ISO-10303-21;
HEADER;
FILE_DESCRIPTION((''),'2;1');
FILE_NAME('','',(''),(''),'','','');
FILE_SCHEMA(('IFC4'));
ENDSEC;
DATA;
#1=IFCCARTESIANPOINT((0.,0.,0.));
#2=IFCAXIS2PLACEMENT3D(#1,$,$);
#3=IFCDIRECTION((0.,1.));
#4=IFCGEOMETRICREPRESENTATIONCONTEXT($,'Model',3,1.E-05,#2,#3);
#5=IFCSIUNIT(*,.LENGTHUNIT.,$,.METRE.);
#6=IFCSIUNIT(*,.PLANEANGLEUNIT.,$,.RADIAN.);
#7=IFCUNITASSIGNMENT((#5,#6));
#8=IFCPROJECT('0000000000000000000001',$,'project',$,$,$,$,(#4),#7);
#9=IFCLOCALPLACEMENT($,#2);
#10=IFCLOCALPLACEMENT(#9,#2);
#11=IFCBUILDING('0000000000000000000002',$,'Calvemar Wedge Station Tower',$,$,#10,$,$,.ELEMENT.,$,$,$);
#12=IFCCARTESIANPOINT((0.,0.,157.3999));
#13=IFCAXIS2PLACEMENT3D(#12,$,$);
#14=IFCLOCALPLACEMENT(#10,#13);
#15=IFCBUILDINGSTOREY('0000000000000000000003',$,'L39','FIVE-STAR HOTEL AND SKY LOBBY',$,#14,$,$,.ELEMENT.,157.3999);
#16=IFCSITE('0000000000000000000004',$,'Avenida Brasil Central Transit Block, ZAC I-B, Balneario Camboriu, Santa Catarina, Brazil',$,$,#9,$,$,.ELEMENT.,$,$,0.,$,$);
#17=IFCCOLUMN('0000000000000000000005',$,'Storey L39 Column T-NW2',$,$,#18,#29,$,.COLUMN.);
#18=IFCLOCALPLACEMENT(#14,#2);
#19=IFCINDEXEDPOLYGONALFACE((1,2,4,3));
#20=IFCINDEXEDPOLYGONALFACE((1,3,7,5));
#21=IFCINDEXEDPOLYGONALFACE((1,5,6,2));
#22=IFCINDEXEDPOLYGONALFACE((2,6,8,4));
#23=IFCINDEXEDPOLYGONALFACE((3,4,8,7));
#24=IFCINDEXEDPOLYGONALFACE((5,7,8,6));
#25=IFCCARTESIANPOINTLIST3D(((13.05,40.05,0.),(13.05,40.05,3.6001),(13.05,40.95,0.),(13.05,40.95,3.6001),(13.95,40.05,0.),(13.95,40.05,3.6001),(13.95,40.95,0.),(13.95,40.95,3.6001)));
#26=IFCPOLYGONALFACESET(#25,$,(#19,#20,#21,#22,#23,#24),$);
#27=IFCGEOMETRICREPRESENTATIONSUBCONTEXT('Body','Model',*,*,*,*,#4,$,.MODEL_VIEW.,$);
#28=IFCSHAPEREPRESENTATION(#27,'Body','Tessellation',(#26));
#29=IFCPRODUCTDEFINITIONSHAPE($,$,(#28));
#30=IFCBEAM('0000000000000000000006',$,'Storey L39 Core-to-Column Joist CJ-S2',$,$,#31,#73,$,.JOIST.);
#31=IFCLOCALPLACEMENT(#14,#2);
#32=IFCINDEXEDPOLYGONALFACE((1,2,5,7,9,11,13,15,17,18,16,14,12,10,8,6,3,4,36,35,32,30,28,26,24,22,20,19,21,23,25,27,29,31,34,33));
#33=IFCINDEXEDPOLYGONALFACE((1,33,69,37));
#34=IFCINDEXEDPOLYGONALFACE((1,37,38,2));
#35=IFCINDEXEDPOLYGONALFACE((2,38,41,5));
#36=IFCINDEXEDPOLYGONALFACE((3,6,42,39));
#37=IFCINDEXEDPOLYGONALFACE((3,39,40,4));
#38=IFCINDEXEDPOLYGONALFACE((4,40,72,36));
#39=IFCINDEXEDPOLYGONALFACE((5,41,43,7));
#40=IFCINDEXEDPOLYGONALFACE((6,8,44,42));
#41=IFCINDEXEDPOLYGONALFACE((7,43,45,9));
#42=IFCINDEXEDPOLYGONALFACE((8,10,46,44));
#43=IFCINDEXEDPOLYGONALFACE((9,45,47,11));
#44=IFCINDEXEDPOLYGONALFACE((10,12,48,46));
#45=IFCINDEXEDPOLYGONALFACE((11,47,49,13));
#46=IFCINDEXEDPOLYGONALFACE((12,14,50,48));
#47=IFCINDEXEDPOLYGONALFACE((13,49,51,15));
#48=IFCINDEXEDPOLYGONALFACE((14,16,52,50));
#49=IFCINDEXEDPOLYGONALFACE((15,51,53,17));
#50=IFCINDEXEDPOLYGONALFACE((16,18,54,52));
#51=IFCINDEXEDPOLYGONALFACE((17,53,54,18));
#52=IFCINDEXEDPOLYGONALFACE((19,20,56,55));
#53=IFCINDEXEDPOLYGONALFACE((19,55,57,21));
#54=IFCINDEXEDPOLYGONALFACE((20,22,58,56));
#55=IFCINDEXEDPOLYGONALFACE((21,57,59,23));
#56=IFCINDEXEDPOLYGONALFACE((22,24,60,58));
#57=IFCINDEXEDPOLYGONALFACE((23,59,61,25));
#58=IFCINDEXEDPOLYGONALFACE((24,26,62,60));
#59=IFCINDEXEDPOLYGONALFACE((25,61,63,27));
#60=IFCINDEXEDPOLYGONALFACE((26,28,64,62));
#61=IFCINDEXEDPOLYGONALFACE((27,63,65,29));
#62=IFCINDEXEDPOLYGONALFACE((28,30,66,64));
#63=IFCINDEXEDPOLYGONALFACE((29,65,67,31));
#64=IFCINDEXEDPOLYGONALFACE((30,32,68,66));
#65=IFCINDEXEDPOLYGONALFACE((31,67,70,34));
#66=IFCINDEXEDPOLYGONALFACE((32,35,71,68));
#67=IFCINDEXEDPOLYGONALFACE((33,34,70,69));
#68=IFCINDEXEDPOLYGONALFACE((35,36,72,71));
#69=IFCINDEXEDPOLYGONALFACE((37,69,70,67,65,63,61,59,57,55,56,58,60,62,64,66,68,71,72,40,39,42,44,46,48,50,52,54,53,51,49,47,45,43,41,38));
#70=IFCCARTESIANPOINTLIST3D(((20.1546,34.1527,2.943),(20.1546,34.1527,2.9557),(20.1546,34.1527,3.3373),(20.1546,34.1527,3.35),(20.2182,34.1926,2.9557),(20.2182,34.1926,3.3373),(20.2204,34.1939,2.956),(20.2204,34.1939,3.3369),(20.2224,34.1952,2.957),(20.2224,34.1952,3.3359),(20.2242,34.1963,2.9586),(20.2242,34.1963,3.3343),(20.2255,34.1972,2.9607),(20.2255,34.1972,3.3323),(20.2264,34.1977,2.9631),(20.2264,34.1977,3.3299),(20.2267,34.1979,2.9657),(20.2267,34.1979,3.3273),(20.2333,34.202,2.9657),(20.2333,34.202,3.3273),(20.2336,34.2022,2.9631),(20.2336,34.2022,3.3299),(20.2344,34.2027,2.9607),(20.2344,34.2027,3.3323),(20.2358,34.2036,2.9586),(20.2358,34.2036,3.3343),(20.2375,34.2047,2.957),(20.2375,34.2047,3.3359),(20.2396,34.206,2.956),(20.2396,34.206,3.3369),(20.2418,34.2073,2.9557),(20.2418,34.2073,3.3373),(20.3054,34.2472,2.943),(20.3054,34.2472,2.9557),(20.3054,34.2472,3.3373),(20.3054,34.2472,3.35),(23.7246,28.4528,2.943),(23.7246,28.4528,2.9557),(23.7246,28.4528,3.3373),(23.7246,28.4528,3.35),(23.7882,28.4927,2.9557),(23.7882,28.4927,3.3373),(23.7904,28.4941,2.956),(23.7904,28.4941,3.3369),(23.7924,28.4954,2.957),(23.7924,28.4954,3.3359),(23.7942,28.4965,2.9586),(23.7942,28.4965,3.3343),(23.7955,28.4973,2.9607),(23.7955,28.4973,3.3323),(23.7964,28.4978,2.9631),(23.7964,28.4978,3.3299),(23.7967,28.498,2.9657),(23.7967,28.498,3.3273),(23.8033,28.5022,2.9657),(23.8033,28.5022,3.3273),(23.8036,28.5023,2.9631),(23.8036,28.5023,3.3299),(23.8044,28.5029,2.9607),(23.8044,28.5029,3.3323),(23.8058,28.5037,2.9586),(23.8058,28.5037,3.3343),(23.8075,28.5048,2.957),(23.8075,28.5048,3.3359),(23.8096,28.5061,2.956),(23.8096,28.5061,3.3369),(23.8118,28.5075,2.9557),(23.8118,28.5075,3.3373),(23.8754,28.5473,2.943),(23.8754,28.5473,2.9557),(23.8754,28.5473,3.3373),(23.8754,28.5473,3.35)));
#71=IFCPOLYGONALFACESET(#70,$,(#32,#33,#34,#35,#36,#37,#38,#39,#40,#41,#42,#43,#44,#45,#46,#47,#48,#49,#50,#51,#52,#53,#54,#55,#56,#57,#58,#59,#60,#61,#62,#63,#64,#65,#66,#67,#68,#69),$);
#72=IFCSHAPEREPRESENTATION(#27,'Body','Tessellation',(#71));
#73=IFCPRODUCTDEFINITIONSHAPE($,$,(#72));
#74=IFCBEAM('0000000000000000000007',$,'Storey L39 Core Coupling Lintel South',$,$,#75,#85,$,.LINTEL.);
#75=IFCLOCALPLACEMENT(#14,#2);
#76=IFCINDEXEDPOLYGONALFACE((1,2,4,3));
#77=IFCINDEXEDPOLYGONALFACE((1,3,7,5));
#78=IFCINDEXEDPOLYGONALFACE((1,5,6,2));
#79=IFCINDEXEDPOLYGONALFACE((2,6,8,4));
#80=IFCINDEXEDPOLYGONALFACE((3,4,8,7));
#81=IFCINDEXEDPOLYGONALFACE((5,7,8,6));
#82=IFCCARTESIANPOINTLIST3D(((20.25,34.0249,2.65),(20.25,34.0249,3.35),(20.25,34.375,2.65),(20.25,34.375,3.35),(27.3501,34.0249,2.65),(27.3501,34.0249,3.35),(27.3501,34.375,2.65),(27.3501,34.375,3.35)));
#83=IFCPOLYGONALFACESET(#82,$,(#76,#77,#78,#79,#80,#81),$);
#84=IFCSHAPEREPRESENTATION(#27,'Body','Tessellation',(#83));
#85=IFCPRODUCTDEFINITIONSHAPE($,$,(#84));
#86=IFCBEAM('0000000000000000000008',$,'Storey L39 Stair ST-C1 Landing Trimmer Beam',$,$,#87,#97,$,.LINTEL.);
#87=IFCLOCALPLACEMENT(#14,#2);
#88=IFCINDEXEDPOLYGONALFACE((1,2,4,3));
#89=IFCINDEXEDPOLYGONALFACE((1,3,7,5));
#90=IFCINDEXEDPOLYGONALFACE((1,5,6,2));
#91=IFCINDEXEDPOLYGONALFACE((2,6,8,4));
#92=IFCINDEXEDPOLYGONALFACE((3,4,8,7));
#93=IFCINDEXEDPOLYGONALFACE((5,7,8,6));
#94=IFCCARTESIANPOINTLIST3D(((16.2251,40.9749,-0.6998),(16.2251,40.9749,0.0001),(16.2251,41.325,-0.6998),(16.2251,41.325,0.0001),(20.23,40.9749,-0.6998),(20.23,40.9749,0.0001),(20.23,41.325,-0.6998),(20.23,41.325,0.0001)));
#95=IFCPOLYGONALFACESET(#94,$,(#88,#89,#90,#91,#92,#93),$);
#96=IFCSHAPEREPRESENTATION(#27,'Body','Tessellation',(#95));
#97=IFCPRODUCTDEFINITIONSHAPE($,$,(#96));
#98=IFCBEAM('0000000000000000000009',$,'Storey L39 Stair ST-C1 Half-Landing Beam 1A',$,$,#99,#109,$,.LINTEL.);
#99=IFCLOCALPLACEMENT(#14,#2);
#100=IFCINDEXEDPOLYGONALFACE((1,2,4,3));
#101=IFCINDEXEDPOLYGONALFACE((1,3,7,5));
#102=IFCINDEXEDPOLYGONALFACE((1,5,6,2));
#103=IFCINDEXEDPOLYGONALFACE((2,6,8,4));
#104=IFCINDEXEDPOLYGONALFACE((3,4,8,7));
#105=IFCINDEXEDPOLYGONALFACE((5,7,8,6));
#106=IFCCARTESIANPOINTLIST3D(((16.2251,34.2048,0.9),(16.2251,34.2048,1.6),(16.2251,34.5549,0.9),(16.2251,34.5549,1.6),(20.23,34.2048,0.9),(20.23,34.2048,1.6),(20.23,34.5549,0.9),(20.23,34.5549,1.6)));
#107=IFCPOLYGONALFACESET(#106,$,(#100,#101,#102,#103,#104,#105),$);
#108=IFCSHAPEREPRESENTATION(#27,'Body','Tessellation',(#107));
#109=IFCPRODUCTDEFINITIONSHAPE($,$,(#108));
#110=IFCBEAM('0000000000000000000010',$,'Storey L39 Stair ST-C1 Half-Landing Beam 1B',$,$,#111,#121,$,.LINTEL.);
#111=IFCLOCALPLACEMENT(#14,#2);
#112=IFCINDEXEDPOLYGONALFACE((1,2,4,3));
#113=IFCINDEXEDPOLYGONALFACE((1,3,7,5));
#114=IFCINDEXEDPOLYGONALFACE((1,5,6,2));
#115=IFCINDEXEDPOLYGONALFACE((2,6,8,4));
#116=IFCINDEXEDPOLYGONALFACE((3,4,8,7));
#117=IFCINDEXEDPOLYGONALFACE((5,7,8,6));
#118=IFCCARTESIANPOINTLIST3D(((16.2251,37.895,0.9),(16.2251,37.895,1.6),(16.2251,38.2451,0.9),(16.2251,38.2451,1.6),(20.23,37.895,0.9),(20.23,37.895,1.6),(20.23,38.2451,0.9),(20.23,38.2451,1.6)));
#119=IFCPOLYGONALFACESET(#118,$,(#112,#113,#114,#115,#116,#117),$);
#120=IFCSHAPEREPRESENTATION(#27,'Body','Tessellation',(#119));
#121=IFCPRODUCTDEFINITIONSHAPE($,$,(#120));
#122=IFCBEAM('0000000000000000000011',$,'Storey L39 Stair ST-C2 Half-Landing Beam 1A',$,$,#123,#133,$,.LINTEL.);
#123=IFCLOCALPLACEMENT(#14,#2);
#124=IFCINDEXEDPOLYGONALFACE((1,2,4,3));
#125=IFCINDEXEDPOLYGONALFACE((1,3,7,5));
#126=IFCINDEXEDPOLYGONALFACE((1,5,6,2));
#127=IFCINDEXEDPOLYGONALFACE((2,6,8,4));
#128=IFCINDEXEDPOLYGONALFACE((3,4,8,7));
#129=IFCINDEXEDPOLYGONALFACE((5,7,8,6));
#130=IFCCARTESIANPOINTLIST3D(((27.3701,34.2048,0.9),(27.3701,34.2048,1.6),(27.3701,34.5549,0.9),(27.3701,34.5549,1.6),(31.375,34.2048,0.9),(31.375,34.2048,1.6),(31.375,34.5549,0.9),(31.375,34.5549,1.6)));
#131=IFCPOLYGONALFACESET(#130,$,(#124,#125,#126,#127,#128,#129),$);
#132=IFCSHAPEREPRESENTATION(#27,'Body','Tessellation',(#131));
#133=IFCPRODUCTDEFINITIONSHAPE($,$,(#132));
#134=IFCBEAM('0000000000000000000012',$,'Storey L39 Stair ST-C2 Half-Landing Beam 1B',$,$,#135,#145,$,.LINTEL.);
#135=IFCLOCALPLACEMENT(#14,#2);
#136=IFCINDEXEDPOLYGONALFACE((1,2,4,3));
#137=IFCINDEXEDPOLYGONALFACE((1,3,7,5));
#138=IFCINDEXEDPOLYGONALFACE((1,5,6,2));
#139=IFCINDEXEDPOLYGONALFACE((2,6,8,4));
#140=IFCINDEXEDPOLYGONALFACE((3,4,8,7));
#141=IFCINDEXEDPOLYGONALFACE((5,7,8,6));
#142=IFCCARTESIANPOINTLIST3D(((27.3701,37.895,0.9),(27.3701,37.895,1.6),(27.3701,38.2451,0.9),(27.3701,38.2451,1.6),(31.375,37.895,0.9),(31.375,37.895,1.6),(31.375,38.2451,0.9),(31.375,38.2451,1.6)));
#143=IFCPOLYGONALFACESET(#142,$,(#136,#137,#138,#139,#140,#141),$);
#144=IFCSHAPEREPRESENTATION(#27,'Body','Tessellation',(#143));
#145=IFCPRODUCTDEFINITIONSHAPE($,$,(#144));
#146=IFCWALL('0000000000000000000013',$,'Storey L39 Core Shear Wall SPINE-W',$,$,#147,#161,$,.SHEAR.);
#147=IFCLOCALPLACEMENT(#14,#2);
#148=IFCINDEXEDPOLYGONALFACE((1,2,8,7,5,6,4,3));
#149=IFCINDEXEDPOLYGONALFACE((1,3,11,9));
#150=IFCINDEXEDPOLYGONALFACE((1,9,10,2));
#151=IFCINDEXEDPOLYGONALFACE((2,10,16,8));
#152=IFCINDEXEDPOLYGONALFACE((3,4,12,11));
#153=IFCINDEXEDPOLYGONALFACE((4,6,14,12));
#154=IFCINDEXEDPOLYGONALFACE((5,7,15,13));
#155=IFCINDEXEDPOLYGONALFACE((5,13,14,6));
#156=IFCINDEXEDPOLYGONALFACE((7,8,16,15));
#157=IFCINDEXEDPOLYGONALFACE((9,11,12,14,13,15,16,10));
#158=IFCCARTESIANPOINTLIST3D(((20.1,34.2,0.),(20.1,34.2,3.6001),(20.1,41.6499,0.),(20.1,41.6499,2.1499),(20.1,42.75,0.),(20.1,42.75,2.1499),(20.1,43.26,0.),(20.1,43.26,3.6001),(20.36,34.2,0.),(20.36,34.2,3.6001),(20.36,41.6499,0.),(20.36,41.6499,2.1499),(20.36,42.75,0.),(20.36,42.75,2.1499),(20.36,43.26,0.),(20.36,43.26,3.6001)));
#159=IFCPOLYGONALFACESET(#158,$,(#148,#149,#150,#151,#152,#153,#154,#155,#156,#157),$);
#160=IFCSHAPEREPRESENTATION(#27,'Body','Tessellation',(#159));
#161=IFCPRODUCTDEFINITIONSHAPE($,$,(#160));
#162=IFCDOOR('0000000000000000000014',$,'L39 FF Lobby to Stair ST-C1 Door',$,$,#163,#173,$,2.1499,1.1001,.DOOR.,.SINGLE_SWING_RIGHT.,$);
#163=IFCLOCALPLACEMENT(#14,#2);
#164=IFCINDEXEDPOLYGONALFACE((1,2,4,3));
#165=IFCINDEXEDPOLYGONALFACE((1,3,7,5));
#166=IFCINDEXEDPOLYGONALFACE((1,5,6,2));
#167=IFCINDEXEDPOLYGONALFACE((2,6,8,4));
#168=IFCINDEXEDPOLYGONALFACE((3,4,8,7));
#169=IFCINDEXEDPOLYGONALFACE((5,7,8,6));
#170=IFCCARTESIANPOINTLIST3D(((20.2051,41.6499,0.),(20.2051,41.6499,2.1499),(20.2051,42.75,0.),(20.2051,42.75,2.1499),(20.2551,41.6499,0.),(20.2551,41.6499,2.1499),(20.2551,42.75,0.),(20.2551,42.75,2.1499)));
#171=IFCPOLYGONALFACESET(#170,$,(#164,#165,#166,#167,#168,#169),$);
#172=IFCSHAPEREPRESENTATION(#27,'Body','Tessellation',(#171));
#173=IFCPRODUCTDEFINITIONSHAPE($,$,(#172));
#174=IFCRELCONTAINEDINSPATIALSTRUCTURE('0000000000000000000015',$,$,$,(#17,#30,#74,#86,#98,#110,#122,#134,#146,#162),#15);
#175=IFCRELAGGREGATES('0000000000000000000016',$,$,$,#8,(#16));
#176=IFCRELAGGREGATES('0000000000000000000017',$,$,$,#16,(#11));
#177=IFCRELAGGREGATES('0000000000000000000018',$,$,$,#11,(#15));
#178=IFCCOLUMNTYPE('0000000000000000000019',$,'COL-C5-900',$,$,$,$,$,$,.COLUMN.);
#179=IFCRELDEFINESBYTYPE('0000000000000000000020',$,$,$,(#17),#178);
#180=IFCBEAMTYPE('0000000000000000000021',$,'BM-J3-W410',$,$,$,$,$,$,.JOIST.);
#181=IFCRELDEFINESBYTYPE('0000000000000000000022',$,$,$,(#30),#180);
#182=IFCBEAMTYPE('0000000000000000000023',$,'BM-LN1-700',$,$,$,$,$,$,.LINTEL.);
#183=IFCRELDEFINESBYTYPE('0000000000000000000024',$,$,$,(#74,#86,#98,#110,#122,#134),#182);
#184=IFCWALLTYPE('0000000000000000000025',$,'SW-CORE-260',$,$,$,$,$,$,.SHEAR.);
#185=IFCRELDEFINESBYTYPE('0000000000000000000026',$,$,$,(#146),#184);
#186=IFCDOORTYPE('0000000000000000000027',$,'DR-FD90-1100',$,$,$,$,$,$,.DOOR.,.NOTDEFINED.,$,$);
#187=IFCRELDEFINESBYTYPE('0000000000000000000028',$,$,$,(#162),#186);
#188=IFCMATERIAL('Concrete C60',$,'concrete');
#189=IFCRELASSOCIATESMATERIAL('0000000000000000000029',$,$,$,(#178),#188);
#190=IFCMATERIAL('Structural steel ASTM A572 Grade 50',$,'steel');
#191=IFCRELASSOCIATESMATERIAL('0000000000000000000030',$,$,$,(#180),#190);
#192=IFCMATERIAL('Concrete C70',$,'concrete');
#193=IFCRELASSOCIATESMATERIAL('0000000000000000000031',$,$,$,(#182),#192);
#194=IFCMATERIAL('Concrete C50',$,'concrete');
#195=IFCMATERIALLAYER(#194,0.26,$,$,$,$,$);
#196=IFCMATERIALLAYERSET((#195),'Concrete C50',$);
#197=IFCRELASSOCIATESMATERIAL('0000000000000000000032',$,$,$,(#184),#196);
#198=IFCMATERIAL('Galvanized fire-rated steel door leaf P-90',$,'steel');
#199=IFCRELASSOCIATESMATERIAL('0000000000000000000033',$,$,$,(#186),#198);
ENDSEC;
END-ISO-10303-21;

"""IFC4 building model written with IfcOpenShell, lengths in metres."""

from ifc_helpers import new_model, si_unit, direction, frame, frame_2d, origin, origin_2d, place, context, subcontext, project, spatial, rectangle, i_section, extrude, source, transform, mapped, material, layer, layer_set, material_profile, profile_set, type_object, element, fill, save


model = new_model("IFC4")

# Units and contexts
model_context = context("Model", 3, precision=1e-05, world=origin(), true_north=direction((0.0, 1.0)))
body_context = subcontext(model_context, "Body", "Model", "MODEL_VIEW")
ifc_project = project(units=[si_unit("LENGTHUNIT", "METRE"), si_unit("PLANEANGLEUNIT", "RADIAN")], contexts=[model_context])

# Site, building, storey
site_placement = place(None, origin())
site = spatial("IfcSite", under=ifc_project, at=site_placement, Name="Avenida Brasil Central Transit Block, ZAC I-B, Balneario Camboriu, Santa Catarina, Brazil", CompositionType="ELEMENT", RefElevation=0.0)
building_placement = place(site_placement, origin())
building = spatial("IfcBuilding", under=site, at=building_placement, Name="Calvemar Wedge Station Tower", CompositionType="ELEMENT")
storey_placement = place(building_placement, frame((0.0, 0.0, 157.3999)))
storey = spatial("IfcBuildingStorey", under=building, at=storey_placement, Name="L39", Description="FIVE-STAR HOTEL AND SKY LOBBY", CompositionType="ELEMENT", Elevation=157.3999)

# Column
ifc_material_1 = material(Name="Concrete C60", Category="concrete")
ifc_material_profile_1 = material_profile(ifc_material_1, rectangle(XDim=0.8999, YDim=0.8999, at=origin_2d()), Name="RC900x900")
ifc_profile_set_1 = profile_set([ifc_material_profile_1], Name="Concrete C60")
column_type = type_object("IfcColumnType", Name="COL-C5-900", PredefinedType="COLUMN", material=ifc_profile_set_1)
shared_shape_1 = source(origin(), body_context, "Body", "SweptSolid", [
    extrude(rectangle(XDim=0.8999, YDim=0.8999, at=origin_2d()), origin(), (0.0, 0.0, 1.0), 3.6001),
])
column_placement = place(storey_placement, frame((13.5, 40.5, 0.0), z_axis=(0.0, 0.0, 1.0), x_axis=(1.0, 0.0, 0.0)))
element("IfcColumn", 1, at=column_placement, inside=storey, type_object=column_type, Name="Storey L39 Column T-NW2", PredefinedType="COLUMN", context=body_context, shape_type="MappedRepresentation", body=[
    mapped(shared_shape_1, transform((0.0, 0.0, 0.0), scale=1.0)),
])

# Beams
ifc_material_2 = material(Name="Structural steel ASTM A572 Grade 50", Category="steel")
ifc_material_profile_2 = material_profile(ifc_material_2, i_section(OverallWidth=0.178, OverallDepth=0.407, WebThickness=0.0078, FlangeThickness=0.0127, FilletRadius=0.01, at=origin_2d()), Name="W410x60")
ifc_profile_set_2 = profile_set([ifc_material_profile_2], Name="Structural steel ASTM A572 Grade 50")
beam_type_1 = type_object("IfcBeamType", Name="BM-J3-W410", PredefinedType="JOIST", material=ifc_profile_set_2)
shared_shape_2 = source(origin(), body_context, "Body", "SweptSolid", [
    extrude(i_section(OverallWidth=0.178, OverallDepth=0.407, WebThickness=0.0078, FlangeThickness=0.0127, FilletRadius=0.01, at=origin_2d()), origin(), (0.0, 0.0, 1.0), 6.7256),
])
beam_1_placement = place(storey_placement, frame((20.23, 34.2, 3.1465), z_axis=(0.530811, -0.84749, 0.0), x_axis=(0.84749, 0.530811, 0.0)))
element("IfcBeam", 2, at=beam_1_placement, inside=storey, type_object=beam_type_1, Name="Storey L39 Core-to-Column Joist CJ-S2", PredefinedType="JOIST", context=body_context, shape_type="MappedRepresentation", body=[
    mapped(shared_shape_2, transform((0.0, 0.0, 0.0), scale=1.0)),
])
ifc_material_3 = material(Name="Concrete C70", Category="concrete")
ifc_material_profile_3 = material_profile(ifc_material_3, rectangle(XDim=0.3501, YDim=0.7, at=origin_2d()), Name="RC350x700")
ifc_profile_set_3 = profile_set([ifc_material_profile_3], Name="Concrete C70")
beam_type_2 = type_object("IfcBeamType", Name="BM-LN1-700", PredefinedType="LINTEL", material=ifc_profile_set_3)
shared_shape_3 = source(origin(), body_context, "Body", "SweptSolid", [
    extrude(rectangle(XDim=0.3501, YDim=0.7, at=origin_2d()), origin(), (0.0, 0.0, 1.0), 7.1001),
])
beam_2_placement = place(storey_placement, frame((20.25, 34.2, 3.0), z_axis=(1.0, 0.0, 0.0), x_axis=(0.0, 1.0, 0.0)))
element("IfcBeam", 3, at=beam_2_placement, inside=storey, type_object=beam_type_2, Name="Storey L39 Core Coupling Lintel South", PredefinedType="LINTEL", context=body_context, shape_type="MappedRepresentation", body=[
    mapped(shared_shape_3, transform((0.0, 0.0, 0.0), scale=1.0)),
])
shared_shape_4 = source(origin(), body_context, "Body", "SweptSolid", [
    extrude(rectangle(XDim=0.3501, YDim=0.7, at=origin_2d()), origin(), (0.0, 0.0, 1.0), 4.0049),
])
for number, where, z_axis, x_axis, name in (
    (4, (16.2251, 41.1499, -0.3499), (1.0, 0.0, 0.0), (0.0, 1.0, 0.0), "Storey L39 Stair ST-C1 Landing Trimmer Beam"),
    (5, (16.2251, 34.3799, 1.25), (1.0, 0.0, 0.0), (0.0, 1.0, 0.0), "Storey L39 Stair ST-C1 Half-Landing Beam 1A"),
    (6, (16.2251, 38.0701, 1.25), (1.0, 0.0, 0.0), (0.0, 1.0, 0.0), "Storey L39 Stair ST-C1 Half-Landing Beam 1B"),
    (7, (27.3701, 34.3799, 1.25), (1.0, 0.0, 0.0), (0.0, 1.0, 0.0), "Storey L39 Stair ST-C2 Half-Landing Beam 1A"),
    (8, (27.3701, 38.0701, 1.25), (1.0, 0.0, 0.0), (0.0, 1.0, 0.0), "Storey L39 Stair ST-C2 Half-Landing Beam 1B"),
):
    element("IfcBeam", number, at=place(storey_placement, frame(where, z_axis=z_axis, x_axis=x_axis)), inside=storey, type_object=beam_type_2, Name=name, PredefinedType="LINTEL", context=body_context, shape_type="MappedRepresentation", body=[
        mapped(shared_shape_4, transform((0.0, 0.0, 0.0), scale=1.0)),
    ])

# Wall, opening, door
ifc_material_4 = material(Name="Concrete C50", Category="concrete")
ifc_layer_1 = layer(ifc_material_4, 0.26)
ifc_layer_set_1 = layer_set([ifc_layer_1], Name="Concrete C50")
wall_type_1 = type_object("IfcWallType", Name="SW-CORE-260", PredefinedType="SHEAR", material=ifc_layer_set_1)
wall_1_placement = place(storey_placement, frame((20.23, 34.2, 0.0), z_axis=(0.0, 0.0, 1.0), x_axis=(0.0, 1.0, 0.0)))
wall_1 = element("IfcWall", 9, at=wall_1_placement, inside=storey, type_object=wall_type_1, Name="Storey L39 Core Shear Wall SPINE-W", PredefinedType="SHEAR", context=body_context, shape_type="SweptSolid", body=[
    extrude(rectangle(XDim=9.0601, YDim=0.26, at=frame_2d((4.53, 0.0))), origin(), (0.0, 0.0, 1.0), 3.6001),
])
shared_shape_5 = source(origin(), body_context, "Body", "SweptSolid", [
    extrude(rectangle(XDim=1.1001, YDim=2.1499, at=frame_2d((0.55, 1.075))), frame((0.0, 0.1401, 0.0), z_axis=(0.0, -1.0, 0.0), x_axis=(1.0, 0.0, 0.0)), (0.0, 0.0, 1.0), 0.28),
])
opening_1_placement = place(wall_1_placement, frame((7.45, 0.0, 0.0)))
opening_1 = element("IfcOpeningElement", 10, at=opening_1_placement, cuts=wall_1, PredefinedType="OPENING", context=body_context, shape_type="MappedRepresentation", body=[
    mapped(shared_shape_5, transform((0.0, 0.0, 0.0), scale=1.0)),
])
ifc_material_5 = material(Name="Galvanized fire-rated steel door leaf P-90", Category="steel")
door_type_1 = type_object("IfcDoorType", Name="DR-FD90-1100", OperationType="NOTDEFINED", PredefinedType="DOOR", material=ifc_material_5)
shared_shape_6 = source(origin(), body_context, "Body", "SweptSolid", [
    extrude(rectangle(XDim=1.1001, YDim=2.1499, at=frame_2d((0.55, 1.075))), frame((0.0, 0.0249, 0.0), z_axis=(0.0, -1.0, 0.0), x_axis=(1.0, 0.0, 0.0)), (0.0, 0.0, 1.0), 0.05),
])
door_1_placement = place(opening_1_placement, origin())
door_1 = element("IfcDoor", 11, at=door_1_placement, inside=storey, type_object=door_type_1, Name="L39 FF Lobby to Stair ST-C1 Door", OperationType="SINGLE_SWING_RIGHT", OverallHeight=2.1499, OverallWidth=1.1001, PredefinedType="DOOR", context=body_context, shape_type="MappedRepresentation", body=[
    mapped(shared_shape_6, transform((0.0, 0.0, 0.0), scale=1.0)),
])
fill(opening_1, door_1)

save(model, "model.ifc")
